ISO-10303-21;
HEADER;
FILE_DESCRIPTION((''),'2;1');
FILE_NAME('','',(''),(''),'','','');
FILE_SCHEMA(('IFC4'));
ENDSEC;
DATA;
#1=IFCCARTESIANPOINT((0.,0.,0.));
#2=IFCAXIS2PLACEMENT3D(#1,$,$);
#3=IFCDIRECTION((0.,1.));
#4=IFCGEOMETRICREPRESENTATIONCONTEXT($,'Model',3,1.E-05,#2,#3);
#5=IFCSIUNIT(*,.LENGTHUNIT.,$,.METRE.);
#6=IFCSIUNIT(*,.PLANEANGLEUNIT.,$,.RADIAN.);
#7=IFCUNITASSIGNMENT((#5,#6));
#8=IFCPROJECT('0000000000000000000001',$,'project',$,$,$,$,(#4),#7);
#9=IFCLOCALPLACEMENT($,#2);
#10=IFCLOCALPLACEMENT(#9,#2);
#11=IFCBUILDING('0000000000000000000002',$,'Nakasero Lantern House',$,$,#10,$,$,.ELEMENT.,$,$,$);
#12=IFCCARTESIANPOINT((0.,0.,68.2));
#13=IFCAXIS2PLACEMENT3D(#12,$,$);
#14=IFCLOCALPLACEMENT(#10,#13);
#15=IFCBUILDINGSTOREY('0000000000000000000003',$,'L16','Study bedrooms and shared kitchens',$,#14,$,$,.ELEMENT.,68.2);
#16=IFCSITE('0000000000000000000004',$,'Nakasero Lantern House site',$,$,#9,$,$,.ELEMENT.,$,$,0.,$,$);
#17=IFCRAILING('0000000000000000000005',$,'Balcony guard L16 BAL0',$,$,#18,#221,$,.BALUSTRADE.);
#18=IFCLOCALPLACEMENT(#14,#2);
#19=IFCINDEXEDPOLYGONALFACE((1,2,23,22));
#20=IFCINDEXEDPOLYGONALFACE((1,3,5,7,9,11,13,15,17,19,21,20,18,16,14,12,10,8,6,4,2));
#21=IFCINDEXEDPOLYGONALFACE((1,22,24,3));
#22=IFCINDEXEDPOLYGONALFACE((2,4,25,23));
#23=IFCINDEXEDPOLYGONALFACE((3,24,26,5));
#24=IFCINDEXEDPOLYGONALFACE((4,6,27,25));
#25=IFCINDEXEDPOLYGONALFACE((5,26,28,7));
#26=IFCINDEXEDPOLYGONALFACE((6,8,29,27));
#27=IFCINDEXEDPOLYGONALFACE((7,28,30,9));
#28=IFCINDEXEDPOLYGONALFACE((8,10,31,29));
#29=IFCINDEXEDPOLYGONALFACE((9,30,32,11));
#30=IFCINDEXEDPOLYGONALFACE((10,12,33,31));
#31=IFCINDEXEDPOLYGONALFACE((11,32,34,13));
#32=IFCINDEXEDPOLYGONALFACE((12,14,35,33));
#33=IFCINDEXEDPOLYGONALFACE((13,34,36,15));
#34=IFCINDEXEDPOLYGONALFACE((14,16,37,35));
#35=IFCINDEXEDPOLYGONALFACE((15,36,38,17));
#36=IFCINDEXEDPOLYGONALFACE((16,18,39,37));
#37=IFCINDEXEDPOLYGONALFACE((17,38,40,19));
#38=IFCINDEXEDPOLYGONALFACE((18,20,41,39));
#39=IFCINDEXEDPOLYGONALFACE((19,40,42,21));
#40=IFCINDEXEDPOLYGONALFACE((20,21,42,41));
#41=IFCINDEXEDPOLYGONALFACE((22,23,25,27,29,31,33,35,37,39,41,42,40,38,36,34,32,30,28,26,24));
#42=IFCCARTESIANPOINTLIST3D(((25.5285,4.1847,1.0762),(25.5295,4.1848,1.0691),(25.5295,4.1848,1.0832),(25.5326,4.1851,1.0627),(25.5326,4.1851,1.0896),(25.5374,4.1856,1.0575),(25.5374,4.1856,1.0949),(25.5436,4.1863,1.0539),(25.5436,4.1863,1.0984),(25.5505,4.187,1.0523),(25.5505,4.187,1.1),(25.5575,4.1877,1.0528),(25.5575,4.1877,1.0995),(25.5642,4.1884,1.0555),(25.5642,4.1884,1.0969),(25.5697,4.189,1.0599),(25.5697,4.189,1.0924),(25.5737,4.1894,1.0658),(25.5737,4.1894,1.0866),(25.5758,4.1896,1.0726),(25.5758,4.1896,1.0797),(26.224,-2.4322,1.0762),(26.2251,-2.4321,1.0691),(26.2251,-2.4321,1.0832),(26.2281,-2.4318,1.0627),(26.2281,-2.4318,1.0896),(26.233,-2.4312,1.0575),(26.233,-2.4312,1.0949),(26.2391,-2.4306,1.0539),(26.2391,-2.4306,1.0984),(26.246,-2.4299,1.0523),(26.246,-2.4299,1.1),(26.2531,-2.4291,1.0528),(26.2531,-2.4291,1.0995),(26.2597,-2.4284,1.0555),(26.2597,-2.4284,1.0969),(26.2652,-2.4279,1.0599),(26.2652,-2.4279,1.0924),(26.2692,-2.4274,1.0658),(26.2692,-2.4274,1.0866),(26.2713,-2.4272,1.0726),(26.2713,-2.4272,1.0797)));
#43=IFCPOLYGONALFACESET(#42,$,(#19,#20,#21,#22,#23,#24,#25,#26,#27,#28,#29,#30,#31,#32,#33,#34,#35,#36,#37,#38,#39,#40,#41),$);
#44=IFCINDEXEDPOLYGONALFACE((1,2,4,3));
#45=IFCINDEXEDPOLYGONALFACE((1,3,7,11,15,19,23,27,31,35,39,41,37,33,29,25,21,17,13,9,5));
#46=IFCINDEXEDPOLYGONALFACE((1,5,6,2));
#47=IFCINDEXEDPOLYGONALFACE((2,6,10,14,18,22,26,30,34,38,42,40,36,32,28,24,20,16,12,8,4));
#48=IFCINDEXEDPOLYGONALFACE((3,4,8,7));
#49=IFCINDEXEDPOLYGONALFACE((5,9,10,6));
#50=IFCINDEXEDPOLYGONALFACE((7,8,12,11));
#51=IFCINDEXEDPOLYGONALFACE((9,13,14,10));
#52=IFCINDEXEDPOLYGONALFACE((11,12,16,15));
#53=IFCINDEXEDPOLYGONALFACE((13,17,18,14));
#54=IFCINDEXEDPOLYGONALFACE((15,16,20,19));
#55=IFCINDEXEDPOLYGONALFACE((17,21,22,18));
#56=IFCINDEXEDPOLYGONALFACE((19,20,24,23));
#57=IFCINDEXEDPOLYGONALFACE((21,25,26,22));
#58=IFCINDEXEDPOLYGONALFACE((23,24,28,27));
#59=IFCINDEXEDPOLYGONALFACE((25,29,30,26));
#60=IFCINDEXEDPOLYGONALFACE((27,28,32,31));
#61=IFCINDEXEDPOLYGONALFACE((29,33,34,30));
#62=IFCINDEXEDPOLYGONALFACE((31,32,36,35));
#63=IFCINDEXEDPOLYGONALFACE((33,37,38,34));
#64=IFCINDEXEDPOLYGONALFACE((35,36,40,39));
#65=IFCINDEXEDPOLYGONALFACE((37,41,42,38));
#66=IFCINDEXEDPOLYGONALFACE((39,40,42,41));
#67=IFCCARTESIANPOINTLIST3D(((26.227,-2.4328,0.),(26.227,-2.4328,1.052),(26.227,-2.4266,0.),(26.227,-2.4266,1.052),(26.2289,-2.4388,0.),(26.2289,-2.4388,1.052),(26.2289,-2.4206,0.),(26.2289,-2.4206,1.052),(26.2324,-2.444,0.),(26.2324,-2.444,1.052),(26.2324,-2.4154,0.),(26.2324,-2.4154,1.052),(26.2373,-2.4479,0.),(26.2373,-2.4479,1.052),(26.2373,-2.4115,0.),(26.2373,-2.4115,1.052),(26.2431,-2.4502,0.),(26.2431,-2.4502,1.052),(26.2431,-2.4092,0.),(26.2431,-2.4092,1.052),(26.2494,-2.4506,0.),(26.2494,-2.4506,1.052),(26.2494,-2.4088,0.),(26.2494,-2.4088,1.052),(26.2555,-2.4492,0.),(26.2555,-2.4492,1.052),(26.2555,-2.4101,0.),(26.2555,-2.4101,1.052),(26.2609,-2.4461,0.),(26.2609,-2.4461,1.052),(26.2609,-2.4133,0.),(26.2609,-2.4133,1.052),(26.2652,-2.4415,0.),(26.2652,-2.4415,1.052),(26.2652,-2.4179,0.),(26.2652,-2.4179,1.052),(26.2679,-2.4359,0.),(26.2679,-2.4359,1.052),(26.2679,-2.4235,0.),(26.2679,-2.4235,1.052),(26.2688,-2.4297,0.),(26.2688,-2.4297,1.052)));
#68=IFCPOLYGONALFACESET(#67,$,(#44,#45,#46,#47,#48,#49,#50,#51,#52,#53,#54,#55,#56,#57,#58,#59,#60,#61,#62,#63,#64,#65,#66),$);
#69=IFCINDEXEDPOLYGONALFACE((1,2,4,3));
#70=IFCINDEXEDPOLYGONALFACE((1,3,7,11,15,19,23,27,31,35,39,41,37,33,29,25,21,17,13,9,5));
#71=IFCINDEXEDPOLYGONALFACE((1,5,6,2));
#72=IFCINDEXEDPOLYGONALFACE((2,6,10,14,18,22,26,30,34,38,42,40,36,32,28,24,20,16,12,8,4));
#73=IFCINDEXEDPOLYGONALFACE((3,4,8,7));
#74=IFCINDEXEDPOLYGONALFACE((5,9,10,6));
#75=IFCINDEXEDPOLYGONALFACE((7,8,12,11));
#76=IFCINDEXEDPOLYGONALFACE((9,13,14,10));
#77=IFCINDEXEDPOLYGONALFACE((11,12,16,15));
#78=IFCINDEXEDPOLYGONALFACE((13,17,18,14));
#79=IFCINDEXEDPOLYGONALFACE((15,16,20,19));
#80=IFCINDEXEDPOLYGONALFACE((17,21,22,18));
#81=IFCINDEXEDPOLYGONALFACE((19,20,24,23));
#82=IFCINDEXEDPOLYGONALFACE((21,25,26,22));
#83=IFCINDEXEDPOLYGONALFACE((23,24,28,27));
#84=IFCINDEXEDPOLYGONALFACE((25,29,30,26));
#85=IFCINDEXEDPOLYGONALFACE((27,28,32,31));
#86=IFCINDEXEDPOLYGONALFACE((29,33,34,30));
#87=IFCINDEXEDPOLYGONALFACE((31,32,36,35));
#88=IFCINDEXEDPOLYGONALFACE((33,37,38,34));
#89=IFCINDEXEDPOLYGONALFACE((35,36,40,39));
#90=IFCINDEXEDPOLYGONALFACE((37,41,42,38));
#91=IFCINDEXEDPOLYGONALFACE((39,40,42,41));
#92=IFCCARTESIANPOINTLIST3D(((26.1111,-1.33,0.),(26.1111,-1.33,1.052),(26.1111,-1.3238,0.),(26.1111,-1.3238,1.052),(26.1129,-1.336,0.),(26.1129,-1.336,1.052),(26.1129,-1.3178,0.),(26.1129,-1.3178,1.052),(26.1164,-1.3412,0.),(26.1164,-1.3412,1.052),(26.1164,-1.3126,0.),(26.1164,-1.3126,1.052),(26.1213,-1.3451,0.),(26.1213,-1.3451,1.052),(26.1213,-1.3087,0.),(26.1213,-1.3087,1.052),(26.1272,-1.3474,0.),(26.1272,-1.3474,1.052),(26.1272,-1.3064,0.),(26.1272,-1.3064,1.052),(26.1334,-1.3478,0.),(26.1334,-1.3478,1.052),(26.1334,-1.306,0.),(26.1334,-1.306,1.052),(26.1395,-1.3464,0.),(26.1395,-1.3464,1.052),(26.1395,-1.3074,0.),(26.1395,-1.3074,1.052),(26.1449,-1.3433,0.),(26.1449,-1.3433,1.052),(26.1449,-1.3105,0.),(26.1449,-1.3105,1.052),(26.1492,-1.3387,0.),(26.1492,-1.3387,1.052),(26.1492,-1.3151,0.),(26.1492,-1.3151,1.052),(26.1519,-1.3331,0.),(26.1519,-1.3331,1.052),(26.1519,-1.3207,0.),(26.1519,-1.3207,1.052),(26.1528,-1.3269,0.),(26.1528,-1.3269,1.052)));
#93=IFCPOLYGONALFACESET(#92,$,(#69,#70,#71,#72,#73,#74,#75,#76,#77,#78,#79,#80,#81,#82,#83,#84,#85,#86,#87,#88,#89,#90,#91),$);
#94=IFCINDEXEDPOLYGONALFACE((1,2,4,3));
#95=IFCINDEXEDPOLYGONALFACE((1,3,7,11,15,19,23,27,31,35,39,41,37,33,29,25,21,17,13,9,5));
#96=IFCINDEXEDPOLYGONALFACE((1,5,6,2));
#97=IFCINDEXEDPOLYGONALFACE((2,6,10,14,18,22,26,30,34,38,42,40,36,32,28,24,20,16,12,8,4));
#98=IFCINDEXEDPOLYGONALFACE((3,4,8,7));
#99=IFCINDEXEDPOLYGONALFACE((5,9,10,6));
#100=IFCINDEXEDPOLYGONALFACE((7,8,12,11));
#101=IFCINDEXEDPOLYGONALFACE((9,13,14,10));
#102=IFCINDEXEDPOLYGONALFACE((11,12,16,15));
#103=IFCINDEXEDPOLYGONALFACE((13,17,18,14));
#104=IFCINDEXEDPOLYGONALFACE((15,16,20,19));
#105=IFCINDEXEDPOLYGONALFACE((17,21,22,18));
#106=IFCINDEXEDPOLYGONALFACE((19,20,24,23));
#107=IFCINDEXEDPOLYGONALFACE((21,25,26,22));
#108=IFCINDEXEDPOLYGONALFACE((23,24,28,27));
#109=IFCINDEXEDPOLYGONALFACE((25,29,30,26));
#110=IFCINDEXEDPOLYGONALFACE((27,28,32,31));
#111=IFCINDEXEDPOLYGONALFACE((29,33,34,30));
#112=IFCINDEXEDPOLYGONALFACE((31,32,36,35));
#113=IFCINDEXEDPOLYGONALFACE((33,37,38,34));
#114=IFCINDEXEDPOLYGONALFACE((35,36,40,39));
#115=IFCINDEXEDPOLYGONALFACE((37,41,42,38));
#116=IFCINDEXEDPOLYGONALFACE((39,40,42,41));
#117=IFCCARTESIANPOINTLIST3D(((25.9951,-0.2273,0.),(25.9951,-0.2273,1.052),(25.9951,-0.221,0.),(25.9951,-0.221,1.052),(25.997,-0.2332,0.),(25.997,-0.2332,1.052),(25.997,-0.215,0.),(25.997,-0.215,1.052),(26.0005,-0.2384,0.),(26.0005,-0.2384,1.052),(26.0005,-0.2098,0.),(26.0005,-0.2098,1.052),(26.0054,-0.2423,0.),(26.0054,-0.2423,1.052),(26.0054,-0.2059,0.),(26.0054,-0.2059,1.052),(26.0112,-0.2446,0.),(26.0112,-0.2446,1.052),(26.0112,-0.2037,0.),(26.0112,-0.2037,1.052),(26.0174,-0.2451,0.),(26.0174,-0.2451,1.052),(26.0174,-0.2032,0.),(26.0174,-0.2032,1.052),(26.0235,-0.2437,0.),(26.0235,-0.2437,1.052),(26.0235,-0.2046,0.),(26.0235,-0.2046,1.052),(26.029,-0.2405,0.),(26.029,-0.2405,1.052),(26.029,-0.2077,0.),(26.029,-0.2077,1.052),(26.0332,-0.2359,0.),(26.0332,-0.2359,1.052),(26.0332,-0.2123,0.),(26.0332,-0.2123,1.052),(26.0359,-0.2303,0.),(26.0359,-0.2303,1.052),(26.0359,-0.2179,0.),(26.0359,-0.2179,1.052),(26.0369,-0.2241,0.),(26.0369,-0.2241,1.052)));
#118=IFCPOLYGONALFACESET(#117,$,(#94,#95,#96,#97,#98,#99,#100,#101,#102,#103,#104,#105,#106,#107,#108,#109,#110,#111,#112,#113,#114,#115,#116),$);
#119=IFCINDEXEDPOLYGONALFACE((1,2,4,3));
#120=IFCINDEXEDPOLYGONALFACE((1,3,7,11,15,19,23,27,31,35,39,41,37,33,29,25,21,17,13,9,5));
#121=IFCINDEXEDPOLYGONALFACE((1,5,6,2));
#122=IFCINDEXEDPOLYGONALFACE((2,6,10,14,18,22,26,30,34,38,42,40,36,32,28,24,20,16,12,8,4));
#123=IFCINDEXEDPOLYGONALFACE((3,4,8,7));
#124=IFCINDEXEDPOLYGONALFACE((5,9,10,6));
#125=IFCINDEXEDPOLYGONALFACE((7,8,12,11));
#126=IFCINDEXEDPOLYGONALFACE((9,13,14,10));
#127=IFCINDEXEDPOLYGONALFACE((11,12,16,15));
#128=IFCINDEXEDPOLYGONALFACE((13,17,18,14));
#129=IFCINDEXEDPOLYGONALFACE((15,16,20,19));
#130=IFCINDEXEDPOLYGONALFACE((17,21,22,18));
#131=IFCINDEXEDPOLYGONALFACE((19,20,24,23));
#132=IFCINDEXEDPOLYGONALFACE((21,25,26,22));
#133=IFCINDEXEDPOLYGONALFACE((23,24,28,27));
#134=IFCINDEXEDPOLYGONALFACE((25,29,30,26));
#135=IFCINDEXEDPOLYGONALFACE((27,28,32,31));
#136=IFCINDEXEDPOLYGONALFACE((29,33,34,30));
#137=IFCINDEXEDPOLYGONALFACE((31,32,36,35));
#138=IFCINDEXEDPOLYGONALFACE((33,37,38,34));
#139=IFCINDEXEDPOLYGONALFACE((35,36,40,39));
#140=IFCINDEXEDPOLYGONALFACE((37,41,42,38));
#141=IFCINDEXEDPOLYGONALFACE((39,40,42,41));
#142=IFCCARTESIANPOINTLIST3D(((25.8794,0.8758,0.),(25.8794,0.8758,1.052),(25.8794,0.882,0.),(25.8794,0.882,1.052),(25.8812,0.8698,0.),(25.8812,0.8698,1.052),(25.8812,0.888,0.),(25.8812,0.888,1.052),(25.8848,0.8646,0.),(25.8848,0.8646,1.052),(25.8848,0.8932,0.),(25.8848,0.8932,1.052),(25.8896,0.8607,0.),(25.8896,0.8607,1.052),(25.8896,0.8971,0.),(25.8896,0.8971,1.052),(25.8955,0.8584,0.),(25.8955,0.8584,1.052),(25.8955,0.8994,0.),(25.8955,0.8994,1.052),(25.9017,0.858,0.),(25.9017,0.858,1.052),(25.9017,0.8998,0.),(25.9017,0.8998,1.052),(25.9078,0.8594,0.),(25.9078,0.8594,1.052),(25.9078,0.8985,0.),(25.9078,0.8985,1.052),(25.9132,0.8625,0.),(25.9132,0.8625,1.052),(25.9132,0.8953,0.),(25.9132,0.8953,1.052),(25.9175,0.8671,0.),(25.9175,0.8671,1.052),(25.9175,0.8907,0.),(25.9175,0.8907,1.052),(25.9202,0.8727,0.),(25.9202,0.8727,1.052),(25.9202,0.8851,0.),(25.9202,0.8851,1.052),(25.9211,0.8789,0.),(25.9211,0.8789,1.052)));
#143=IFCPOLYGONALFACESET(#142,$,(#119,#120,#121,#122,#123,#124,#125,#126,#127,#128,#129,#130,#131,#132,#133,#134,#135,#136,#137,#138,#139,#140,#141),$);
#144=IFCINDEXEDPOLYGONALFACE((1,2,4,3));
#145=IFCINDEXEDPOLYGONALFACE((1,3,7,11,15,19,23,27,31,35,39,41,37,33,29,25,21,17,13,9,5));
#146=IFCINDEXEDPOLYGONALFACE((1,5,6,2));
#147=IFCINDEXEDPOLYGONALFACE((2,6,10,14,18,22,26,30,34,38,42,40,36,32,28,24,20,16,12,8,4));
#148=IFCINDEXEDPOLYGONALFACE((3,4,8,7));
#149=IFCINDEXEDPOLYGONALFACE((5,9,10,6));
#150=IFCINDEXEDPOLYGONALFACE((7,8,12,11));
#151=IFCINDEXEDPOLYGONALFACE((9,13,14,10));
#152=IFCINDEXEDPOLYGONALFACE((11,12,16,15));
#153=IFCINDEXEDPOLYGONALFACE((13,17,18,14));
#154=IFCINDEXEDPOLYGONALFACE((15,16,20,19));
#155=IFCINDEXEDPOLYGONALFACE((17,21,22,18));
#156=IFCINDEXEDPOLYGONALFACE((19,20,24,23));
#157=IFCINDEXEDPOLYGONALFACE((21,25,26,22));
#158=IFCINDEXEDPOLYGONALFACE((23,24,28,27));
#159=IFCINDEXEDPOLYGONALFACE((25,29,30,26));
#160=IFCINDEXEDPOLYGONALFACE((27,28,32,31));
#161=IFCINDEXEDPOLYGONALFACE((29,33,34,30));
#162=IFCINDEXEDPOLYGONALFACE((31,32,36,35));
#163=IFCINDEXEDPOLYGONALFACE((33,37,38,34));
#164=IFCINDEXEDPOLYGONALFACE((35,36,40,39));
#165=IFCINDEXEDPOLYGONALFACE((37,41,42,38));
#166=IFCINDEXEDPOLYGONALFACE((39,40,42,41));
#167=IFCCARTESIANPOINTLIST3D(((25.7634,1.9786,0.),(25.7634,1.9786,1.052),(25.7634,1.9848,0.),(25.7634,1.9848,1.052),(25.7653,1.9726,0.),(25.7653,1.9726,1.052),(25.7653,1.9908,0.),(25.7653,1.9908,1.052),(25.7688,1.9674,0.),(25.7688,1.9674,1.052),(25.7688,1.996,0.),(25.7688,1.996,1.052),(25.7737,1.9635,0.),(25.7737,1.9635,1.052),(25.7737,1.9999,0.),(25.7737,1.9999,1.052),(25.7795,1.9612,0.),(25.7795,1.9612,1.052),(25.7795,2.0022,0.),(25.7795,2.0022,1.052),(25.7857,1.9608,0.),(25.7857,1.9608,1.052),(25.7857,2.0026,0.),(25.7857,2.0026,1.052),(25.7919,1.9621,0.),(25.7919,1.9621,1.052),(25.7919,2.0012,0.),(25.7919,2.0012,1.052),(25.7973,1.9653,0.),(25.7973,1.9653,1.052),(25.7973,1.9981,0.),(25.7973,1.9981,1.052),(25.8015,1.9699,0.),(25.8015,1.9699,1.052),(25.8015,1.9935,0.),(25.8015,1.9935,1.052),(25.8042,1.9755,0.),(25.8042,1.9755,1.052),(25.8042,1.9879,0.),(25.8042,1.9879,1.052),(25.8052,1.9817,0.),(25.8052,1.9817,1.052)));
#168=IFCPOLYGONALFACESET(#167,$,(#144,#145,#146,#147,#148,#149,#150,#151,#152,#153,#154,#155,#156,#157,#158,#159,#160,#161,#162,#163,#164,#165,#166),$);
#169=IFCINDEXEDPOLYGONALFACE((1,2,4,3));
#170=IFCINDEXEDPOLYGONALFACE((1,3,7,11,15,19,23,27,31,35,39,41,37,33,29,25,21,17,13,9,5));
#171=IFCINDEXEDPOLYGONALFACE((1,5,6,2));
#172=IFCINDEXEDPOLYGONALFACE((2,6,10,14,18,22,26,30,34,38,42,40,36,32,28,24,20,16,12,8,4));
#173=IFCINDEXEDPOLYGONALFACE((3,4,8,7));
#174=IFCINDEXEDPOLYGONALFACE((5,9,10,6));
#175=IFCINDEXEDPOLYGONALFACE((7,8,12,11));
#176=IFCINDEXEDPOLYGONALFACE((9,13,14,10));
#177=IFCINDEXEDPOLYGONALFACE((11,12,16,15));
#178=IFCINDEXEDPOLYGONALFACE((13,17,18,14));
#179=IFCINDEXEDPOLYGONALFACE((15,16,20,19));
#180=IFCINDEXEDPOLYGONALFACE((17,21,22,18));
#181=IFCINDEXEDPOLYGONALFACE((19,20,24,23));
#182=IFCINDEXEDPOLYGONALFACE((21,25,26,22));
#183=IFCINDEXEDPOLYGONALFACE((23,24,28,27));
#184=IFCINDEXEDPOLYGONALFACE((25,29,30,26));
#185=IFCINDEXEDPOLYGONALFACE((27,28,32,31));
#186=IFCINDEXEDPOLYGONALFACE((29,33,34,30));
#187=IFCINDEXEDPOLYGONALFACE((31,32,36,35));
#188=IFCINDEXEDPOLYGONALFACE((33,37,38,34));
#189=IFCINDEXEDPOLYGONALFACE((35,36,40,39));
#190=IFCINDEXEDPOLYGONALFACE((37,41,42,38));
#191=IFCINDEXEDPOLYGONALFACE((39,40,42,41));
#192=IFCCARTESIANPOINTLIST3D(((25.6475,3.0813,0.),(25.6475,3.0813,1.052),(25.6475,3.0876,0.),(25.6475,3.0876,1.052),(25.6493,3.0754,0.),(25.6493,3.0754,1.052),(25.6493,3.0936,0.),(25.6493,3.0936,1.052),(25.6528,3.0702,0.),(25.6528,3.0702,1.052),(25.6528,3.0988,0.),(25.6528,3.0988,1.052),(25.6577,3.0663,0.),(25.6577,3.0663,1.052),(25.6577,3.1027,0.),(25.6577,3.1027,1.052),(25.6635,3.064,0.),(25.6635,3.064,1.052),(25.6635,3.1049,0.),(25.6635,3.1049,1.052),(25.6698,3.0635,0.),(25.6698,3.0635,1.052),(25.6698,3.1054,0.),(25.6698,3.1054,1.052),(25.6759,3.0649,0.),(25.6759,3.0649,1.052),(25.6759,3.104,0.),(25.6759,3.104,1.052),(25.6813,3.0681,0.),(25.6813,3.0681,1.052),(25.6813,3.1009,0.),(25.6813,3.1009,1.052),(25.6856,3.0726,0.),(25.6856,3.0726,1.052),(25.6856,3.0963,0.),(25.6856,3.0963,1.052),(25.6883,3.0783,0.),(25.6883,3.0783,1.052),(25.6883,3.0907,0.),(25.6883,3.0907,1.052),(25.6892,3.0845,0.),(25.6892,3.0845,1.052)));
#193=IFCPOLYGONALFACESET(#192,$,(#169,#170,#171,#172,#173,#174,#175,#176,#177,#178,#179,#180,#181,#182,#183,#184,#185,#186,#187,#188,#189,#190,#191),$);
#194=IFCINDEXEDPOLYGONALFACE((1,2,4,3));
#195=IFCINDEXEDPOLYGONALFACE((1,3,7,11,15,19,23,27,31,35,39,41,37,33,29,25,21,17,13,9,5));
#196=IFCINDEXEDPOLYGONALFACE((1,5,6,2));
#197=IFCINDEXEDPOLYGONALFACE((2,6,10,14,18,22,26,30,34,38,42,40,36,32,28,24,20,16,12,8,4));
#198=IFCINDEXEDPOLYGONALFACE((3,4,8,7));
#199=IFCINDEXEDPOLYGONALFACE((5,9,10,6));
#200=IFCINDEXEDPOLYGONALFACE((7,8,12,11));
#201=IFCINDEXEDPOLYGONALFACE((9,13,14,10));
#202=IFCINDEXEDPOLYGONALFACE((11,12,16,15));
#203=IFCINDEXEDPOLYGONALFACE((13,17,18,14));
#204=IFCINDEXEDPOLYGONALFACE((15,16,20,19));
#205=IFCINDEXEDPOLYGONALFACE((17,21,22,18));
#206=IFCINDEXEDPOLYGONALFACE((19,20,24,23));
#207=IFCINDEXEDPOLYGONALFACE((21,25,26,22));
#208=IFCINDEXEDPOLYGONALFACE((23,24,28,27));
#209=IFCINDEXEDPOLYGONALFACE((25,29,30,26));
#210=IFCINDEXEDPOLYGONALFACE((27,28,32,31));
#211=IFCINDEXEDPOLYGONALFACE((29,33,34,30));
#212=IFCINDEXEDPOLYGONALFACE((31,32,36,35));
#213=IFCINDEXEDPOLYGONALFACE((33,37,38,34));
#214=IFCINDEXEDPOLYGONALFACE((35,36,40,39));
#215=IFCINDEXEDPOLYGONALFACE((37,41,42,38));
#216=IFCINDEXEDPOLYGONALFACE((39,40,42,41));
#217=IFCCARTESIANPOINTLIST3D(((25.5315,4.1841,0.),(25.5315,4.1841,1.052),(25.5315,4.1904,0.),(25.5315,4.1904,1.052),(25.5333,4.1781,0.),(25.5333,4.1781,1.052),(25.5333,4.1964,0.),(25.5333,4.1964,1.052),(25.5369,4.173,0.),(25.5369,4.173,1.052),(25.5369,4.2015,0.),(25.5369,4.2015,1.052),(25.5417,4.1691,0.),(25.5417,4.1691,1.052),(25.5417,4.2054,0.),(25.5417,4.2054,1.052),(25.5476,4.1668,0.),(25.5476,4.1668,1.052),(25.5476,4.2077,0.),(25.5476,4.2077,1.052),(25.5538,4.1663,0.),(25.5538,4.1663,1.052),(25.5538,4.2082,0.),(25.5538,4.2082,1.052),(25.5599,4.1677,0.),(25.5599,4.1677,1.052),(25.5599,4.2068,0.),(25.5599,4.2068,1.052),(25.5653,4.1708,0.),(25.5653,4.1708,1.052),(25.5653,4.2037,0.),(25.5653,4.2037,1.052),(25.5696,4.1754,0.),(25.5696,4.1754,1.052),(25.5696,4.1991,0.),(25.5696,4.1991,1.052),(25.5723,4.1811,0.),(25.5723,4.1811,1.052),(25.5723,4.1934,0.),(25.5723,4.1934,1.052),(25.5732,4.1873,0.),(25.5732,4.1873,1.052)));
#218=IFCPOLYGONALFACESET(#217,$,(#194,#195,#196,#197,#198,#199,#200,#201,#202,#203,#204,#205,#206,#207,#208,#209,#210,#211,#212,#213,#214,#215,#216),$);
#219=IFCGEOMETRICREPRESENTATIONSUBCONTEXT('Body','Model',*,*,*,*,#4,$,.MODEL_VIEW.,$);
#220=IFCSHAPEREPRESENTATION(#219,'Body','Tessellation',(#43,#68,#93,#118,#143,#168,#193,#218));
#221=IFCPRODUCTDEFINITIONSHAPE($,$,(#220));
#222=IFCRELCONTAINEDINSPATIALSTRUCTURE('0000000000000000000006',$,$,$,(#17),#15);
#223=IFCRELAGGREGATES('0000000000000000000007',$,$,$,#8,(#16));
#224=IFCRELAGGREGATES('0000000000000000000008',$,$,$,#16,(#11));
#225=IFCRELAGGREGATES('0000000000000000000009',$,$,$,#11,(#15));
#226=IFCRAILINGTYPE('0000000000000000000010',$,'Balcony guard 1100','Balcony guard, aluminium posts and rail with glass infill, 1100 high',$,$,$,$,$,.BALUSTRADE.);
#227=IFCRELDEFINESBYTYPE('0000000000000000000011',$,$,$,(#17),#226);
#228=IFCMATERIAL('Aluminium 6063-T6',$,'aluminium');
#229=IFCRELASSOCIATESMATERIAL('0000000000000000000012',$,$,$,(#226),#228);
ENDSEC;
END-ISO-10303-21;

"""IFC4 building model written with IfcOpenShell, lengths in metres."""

from ifc_helpers import new_model, si_unit, direction, frame, origin, origin_2d, place, context, subcontext, project, spatial, circle, extrude, material, type_object, element, save


model = new_model("IFC4")

# Units and contexts
model_context = context("Model", 3, precision=1e-05, world=origin(), true_north=direction((0.0, 1.0)))
body_context = subcontext(model_context, "Body", "Model", "MODEL_VIEW")
ifc_project = project(units=[si_unit("LENGTHUNIT", "METRE"), si_unit("PLANEANGLEUNIT", "RADIAN")], contexts=[model_context])

# Site, building, storey
site_placement = place(None, origin())
site = spatial("IfcSite", under=ifc_project, at=site_placement, Name="Nakasero Lantern House site", CompositionType="ELEMENT", RefElevation=0.0)
building_placement = place(site_placement, origin())
building = spatial("IfcBuilding", under=site, at=building_placement, Name="Nakasero Lantern House", CompositionType="ELEMENT")
storey_placement = place(building_placement, frame((0.0, 0.0, 68.2)))
storey = spatial("IfcBuildingStorey", under=building, at=storey_placement, Name="L16", Description="Study bedrooms and shared kitchens", CompositionType="ELEMENT", Elevation=68.2)

# Railing
ifc_material_1 = material(Name="Aluminium 6063-T6", Category="aluminium")
railing_type = type_object("IfcRailingType", Name="Balcony guard 1100", Description="Balcony guard, aluminium posts and rail with glass infill, 1100 high", PredefinedType="BALUSTRADE", material=ifc_material_1)
railing_placement = place(storey_placement, frame((26.2478, -2.4297, 0.0)))
element("IfcRailing", 1, at=railing_placement, inside=storey, type_object=railing_type, Name="Balcony guard L16 BAL0", PredefinedType="BALUSTRADE", context=body_context, shape_type="SweptSolid", body=[
    extrude(circle(Radius=0.0239, at=origin_2d()), frame((0.0, 0.0, 1.0762), z_axis=(-0.104542, 0.994521, 0.0), x_axis=(-0.994521, -0.104542, 0.0)), (0.0, 0.0, 1.0), 6.6533),
    extrude(circle(Radius=0.021, at=origin_2d()), origin(), (0.0, 0.0, 1.0), 1.052),
    extrude(circle(Radius=0.021, at=origin_2d()), frame((-0.116, 1.1028, 0.0)), (0.0, 0.0, 1.0), 1.052),
    extrude(circle(Radius=0.021, at=origin_2d()), frame((-0.2319, 2.2056, 0.0)), (0.0, 0.0, 1.0), 1.052),
    extrude(circle(Radius=0.021, at=origin_2d()), frame((-0.3477, 3.3086, 0.0)), (0.0, 0.0, 1.0), 1.052),
    extrude(circle(Radius=0.021, at=origin_2d()), frame((-0.4636, 4.4114, 0.0)), (0.0, 0.0, 1.0), 1.052),
    extrude(circle(Radius=0.021, at=origin_2d()), frame((-0.5796, 5.5142, 0.0)), (0.0, 0.0, 1.0), 1.052),
    extrude(circle(Radius=0.021, at=origin_2d()), frame((-0.6956, 6.6169, 0.0)), (0.0, 0.0, 1.0), 1.052),
])

save(model, "model.ifc")
